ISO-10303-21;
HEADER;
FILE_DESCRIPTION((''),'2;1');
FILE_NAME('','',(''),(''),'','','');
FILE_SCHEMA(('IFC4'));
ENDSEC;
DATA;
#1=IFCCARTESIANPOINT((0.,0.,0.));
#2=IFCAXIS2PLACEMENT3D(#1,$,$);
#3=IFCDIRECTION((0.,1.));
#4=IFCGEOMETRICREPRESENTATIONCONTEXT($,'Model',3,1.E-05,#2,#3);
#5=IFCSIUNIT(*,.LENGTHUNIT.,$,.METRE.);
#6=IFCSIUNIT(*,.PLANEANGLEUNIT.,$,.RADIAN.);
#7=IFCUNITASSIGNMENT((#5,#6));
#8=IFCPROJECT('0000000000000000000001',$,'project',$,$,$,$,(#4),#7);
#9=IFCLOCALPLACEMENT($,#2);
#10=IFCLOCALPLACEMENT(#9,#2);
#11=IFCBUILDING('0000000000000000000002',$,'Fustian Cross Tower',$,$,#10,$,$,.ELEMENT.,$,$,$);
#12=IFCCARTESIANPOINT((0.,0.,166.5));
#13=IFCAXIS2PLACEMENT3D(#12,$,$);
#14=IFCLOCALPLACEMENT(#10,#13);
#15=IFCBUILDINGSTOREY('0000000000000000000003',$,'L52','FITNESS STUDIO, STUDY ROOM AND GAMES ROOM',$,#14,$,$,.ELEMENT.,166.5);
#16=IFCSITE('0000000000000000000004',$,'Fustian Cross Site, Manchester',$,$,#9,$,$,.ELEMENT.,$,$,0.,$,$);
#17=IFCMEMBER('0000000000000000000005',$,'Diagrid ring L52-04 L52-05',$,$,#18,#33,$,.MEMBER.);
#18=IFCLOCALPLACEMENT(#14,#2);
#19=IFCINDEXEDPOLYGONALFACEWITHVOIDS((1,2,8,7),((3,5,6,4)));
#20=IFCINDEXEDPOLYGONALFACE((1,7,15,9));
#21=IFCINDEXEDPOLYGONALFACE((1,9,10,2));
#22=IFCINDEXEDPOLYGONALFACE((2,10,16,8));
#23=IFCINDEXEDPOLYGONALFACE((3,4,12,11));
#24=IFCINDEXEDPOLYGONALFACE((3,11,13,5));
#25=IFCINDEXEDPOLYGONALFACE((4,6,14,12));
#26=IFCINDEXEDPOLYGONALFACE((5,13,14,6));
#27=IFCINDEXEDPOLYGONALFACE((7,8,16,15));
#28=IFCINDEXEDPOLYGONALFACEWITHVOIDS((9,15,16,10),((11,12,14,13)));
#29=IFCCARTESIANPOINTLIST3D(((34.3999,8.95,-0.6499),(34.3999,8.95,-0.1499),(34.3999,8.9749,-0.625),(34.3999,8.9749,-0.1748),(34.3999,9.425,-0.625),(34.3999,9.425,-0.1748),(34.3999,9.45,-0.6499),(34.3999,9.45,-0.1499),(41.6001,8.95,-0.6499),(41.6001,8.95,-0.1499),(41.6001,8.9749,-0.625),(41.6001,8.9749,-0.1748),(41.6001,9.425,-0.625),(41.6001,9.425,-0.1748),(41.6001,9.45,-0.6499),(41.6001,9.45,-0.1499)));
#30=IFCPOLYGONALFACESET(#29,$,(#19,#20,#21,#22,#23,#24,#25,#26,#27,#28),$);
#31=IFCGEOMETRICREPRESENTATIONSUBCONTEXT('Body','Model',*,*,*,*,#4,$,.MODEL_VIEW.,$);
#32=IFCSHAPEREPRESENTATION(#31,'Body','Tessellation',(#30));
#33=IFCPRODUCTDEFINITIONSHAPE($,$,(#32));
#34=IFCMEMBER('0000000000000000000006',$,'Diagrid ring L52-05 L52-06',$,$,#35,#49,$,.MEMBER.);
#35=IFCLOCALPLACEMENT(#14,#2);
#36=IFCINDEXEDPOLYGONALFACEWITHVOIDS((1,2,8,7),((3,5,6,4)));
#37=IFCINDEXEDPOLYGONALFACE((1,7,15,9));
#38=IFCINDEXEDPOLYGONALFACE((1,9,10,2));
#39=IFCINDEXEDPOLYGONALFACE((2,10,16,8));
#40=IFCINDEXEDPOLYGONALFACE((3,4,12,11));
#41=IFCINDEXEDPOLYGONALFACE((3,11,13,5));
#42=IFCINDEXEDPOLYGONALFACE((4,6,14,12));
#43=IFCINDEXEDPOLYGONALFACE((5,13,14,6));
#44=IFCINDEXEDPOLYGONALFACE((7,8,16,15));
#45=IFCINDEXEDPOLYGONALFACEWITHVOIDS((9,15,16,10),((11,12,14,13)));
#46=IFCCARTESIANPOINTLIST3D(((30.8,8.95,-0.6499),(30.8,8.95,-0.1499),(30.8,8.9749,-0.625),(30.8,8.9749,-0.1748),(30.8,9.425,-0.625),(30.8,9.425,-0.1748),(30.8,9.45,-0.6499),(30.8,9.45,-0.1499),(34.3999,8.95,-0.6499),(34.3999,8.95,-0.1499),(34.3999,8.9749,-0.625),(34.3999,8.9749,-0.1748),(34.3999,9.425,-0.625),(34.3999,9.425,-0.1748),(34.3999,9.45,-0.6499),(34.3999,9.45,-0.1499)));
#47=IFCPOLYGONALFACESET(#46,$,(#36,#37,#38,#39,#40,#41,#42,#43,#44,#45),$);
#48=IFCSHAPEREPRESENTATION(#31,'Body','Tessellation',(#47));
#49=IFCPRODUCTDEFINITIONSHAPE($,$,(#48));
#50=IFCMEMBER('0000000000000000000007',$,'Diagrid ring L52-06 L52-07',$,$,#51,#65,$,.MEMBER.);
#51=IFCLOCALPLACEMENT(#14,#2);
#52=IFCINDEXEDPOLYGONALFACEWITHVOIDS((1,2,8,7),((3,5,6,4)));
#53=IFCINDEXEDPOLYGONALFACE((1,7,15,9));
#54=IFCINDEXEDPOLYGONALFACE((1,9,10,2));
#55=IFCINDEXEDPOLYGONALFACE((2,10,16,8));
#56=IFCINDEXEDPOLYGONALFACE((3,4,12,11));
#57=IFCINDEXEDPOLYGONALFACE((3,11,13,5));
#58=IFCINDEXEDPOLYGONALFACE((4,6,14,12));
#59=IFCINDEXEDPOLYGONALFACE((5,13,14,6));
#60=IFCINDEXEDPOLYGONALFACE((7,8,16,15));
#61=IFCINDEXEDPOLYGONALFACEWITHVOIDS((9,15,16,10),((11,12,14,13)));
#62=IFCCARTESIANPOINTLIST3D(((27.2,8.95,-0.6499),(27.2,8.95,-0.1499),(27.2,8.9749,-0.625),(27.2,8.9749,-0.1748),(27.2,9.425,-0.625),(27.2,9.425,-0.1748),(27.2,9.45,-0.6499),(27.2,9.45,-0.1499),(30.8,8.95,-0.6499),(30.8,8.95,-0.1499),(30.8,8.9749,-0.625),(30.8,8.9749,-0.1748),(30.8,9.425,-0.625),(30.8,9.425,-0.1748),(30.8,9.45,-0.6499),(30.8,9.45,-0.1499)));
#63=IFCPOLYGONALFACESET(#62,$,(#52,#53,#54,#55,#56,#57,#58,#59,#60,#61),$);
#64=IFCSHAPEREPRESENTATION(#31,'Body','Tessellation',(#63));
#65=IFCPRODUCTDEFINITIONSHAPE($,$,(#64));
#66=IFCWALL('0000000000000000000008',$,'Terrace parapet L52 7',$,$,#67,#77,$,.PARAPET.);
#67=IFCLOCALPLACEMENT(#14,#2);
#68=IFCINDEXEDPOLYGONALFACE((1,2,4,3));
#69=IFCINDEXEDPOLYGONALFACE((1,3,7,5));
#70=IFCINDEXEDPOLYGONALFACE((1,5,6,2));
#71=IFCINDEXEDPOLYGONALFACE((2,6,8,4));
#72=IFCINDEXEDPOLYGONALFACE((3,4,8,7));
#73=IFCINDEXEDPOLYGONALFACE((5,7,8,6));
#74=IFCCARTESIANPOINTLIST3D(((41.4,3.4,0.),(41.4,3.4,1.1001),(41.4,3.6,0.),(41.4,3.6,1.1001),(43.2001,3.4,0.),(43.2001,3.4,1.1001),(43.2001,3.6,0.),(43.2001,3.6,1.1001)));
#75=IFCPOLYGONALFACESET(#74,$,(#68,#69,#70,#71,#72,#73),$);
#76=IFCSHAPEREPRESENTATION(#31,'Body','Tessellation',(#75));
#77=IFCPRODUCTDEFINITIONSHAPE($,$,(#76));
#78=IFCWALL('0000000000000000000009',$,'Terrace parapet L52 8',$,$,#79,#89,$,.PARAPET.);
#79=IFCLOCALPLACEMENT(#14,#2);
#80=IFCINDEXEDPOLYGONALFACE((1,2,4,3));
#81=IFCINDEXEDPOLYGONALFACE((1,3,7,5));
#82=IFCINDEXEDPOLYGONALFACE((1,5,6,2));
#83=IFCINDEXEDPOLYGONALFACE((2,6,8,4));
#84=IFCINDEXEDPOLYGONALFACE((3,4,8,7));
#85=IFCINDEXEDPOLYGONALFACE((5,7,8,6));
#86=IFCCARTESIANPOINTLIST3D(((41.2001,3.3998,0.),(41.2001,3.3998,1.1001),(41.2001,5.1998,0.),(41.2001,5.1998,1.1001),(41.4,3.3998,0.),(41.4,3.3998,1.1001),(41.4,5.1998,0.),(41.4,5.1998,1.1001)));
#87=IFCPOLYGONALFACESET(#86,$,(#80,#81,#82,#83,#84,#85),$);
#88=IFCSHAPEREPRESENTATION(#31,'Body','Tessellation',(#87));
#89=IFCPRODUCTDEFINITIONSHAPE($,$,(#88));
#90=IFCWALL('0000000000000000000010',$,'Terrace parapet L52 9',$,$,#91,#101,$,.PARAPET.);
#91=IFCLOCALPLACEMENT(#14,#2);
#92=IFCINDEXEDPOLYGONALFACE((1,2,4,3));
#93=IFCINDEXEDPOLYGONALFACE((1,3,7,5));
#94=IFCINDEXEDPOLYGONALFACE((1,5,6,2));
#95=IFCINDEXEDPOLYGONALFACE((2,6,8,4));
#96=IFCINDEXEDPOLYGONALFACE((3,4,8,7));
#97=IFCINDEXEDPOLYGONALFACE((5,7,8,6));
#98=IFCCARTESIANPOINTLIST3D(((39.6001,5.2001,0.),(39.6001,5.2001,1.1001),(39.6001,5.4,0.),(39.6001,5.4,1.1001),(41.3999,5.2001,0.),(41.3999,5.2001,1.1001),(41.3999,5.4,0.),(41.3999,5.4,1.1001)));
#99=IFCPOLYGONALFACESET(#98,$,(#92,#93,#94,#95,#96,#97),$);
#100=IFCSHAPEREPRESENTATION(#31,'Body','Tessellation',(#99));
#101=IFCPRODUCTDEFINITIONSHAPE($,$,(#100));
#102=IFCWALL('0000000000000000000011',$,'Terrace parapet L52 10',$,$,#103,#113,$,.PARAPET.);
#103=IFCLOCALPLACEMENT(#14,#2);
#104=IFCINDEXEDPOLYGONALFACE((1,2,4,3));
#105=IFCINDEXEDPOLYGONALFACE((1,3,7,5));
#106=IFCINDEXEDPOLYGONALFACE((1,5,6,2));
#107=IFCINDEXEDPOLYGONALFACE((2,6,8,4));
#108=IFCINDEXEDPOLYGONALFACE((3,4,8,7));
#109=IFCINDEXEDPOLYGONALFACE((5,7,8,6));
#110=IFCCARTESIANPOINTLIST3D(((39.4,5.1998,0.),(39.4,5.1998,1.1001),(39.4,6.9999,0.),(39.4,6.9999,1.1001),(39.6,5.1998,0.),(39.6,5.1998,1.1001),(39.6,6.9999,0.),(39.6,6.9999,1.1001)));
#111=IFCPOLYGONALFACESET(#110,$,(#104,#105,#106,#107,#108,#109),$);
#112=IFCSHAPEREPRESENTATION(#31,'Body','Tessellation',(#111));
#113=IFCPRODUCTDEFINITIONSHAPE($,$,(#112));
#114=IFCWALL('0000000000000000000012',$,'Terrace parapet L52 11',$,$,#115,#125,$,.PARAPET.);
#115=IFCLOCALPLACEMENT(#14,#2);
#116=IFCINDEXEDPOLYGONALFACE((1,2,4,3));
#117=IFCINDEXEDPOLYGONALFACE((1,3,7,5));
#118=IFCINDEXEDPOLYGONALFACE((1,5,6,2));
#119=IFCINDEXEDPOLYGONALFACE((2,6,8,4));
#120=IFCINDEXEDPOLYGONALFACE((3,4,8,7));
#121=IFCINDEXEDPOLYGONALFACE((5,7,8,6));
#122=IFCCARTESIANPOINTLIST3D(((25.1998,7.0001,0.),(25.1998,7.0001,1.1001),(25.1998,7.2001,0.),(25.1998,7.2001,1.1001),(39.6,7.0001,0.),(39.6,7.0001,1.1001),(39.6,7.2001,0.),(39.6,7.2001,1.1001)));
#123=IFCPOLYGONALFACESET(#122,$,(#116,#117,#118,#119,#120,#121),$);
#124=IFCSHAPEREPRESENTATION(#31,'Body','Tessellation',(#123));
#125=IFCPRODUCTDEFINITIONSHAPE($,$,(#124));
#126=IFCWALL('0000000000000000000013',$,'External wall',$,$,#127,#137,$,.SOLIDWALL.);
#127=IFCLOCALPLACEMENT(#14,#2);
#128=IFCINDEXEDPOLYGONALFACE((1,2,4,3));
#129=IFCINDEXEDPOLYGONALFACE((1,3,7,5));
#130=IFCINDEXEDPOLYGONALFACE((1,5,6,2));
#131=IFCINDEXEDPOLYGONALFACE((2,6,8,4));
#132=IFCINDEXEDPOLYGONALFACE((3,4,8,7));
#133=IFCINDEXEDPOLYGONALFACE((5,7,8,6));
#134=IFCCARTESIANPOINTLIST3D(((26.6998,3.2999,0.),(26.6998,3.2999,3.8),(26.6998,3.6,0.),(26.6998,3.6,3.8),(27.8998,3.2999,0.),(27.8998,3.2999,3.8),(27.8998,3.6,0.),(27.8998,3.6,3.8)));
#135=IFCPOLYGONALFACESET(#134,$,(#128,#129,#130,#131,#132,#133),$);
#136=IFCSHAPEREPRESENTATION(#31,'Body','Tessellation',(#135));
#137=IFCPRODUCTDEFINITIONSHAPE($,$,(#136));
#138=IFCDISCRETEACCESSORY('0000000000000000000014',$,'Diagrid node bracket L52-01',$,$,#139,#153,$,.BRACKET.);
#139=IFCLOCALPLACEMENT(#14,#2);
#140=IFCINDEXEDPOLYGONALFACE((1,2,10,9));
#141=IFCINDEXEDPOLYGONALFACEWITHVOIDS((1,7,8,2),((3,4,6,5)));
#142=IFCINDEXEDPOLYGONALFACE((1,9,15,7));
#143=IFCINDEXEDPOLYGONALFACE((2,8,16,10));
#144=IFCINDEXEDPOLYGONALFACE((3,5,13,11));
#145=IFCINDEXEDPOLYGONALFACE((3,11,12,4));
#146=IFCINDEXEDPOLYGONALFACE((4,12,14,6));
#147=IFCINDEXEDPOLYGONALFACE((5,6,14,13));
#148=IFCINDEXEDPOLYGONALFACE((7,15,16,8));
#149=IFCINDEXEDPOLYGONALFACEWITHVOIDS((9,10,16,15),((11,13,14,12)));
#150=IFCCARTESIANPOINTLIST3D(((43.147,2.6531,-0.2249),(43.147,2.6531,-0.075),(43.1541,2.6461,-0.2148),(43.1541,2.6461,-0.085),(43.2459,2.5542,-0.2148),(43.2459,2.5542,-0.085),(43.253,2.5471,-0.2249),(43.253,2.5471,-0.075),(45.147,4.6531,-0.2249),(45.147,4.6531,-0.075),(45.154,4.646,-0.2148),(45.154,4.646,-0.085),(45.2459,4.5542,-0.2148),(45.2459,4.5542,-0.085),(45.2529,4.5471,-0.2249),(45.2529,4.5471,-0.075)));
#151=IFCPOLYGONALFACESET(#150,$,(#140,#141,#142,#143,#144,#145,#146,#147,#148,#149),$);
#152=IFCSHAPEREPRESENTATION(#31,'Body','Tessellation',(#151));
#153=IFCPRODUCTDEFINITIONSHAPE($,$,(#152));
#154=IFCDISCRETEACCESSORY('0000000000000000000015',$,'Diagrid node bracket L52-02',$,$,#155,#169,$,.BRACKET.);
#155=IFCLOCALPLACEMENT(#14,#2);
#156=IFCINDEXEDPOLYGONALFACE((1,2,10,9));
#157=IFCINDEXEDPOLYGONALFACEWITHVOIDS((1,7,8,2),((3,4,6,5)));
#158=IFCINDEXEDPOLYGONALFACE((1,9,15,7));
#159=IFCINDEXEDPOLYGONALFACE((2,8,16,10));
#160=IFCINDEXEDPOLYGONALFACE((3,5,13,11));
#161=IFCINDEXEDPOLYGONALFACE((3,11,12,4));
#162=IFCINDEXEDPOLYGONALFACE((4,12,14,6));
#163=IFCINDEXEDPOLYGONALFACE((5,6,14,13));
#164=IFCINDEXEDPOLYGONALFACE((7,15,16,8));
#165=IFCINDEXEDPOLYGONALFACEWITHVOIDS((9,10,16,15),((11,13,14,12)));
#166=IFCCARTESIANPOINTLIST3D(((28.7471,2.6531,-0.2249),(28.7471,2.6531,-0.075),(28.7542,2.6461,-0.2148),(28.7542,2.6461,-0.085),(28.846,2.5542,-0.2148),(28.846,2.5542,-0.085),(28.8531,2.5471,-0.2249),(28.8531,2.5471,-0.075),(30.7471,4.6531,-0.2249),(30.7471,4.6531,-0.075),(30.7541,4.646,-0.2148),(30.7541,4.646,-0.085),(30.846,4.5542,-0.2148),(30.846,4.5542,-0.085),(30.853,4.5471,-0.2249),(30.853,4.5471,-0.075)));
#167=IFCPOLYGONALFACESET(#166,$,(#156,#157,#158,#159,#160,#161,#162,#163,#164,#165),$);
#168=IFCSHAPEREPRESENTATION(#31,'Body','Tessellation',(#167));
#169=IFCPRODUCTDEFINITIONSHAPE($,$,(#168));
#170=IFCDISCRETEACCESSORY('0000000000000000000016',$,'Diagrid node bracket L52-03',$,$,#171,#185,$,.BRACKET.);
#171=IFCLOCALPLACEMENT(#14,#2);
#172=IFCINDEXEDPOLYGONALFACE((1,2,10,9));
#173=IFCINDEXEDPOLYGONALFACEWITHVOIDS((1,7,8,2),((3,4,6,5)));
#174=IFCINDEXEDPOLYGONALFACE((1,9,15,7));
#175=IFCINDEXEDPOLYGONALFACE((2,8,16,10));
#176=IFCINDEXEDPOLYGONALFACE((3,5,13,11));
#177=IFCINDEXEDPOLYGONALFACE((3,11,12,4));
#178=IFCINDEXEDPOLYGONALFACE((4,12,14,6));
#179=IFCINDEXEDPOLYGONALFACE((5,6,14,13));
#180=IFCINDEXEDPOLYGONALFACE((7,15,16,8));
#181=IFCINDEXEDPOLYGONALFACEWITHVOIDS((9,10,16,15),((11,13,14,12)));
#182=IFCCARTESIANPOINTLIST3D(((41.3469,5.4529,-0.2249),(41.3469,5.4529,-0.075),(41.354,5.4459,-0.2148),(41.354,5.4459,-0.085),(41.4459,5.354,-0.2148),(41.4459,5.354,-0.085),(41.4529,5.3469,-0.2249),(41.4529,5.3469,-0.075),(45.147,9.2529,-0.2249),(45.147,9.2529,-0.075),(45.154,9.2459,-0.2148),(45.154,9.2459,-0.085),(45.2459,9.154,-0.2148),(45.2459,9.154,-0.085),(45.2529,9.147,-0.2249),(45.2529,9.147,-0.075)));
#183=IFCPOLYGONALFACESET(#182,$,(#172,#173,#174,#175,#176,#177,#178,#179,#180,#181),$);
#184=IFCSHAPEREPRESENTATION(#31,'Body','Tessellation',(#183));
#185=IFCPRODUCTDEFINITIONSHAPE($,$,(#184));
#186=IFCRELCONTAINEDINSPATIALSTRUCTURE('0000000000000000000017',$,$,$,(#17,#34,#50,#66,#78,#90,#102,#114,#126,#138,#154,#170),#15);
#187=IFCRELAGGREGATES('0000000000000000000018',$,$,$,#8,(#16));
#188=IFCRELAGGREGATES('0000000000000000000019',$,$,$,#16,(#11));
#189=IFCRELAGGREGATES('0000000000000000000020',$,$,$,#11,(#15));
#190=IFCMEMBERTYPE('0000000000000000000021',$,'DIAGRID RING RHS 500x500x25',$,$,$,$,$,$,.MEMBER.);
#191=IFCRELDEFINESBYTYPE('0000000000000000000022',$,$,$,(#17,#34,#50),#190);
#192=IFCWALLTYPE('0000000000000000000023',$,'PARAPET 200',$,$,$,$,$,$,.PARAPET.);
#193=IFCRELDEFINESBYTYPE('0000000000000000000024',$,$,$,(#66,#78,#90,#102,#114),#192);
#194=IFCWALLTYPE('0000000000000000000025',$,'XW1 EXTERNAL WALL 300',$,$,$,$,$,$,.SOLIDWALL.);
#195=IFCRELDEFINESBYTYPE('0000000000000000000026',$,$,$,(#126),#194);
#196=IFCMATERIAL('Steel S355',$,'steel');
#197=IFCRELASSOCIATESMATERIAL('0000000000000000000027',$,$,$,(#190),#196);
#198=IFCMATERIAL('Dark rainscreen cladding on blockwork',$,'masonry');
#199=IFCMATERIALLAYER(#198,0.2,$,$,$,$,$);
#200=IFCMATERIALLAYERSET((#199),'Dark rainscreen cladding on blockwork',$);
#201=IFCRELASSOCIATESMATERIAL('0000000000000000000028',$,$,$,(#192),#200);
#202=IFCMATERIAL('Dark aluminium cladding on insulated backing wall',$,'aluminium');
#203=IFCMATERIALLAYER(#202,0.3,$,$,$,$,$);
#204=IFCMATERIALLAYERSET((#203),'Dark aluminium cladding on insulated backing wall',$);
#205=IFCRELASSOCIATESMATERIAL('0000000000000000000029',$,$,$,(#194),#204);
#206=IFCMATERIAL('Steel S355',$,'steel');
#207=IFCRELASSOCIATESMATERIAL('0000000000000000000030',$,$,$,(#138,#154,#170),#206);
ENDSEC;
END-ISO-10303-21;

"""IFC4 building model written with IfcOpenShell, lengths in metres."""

from ifc_helpers import new_model, si_unit, direction, frame, frame_2d, origin, origin_2d, place, context, subcontext, project, spatial, rectangle, hollow_rectangle, extrude, material, layer, layer_set, material_profile, profile_set, type_object, element, save


model = new_model("IFC4")

# Units and contexts
model_context = context("Model", 3, precision=1e-05, world=origin(), true_north=direction((0.0, 1.0)))
body_context = subcontext(model_context, "Body", "Model", "MODEL_VIEW")
ifc_project = project(units=[si_unit("LENGTHUNIT", "METRE"), si_unit("PLANEANGLEUNIT", "RADIAN")], contexts=[model_context])

# Site, building, storey
site_placement = place(None, origin())
site = spatial("IfcSite", under=ifc_project, at=site_placement, Name="Fustian Cross Site, Manchester", CompositionType="ELEMENT", RefElevation=0.0)
building_placement = place(site_placement, origin())
building = spatial("IfcBuilding", under=site, at=building_placement, Name="Fustian Cross Tower", CompositionType="ELEMENT")
storey_placement = place(building_placement, frame((0.0, 0.0, 166.5)))
storey = spatial("IfcBuildingStorey", under=building, at=storey_placement, Name="L52", Description="FITNESS STUDIO, STUDY ROOM AND GAMES ROOM", CompositionType="ELEMENT", Elevation=166.5)

# Members
ifc_material_1 = material(Name="Steel S355", Category="steel")
ifc_material_profile_1 = material_profile(ifc_material_1, hollow_rectangle(XDim=0.5, YDim=0.5, WallThickness=0.0249, at=origin_2d()), Name="RHS 500x500x25")
ifc_profile_set_1 = profile_set([ifc_material_profile_1], Name="Steel S355")
member_type_1 = type_object("IfcMemberType", Name="DIAGRID RING RHS 500x500x25", PredefinedType="MEMBER", material=ifc_profile_set_1)
member_1_placement = place(storey_placement, frame((41.6001, 9.2, -0.3999), z_axis=(-1.0, 0.0, 0.0), x_axis=(0.0, -1.0, 0.0)))
element("IfcMember", 1, at=member_1_placement, inside=storey, type_object=member_type_1, Name="Diagrid ring L52-04 L52-05", PredefinedType="MEMBER", context=body_context, shape_type="SweptSolid", body=[
    extrude(hollow_rectangle(XDim=0.5, YDim=0.5, WallThickness=0.0249, at=origin_2d()), origin(), (0.0, 0.0, 1.0), 7.2002),
])
member_2_placement = place(storey_placement, frame((34.3999, 9.2, -0.3999), z_axis=(-1.0, 0.0, 0.0), x_axis=(0.0, -1.0, 0.0)))
element("IfcMember", 2, at=member_2_placement, inside=storey, type_object=member_type_1, Name="Diagrid ring L52-05 L52-06", PredefinedType="MEMBER", context=body_context, shape_type="SweptSolid", body=[
    extrude(hollow_rectangle(XDim=0.5, YDim=0.5, WallThickness=0.0249, at=origin_2d()), origin(), (0.0, 0.0, 1.0), 3.5999),
])
member_3_placement = place(storey_placement, frame((30.8, 9.2, -0.3999), z_axis=(-1.0, 0.0, 0.0), x_axis=(0.0, -1.0, 0.0)))
element("IfcMember", 3, at=member_3_placement, inside=storey, type_object=member_type_1, Name="Diagrid ring L52-06 L52-07", PredefinedType="MEMBER", context=body_context, shape_type="SweptSolid", body=[
    extrude(hollow_rectangle(XDim=0.5, YDim=0.5, WallThickness=0.0249, at=origin_2d()), origin(), (0.0, 0.0, 1.0), 3.6001),
])

# Walls
ifc_material_2 = material(Name="Dark rainscreen cladding on blockwork", Category="masonry")
ifc_layer_1 = layer(ifc_material_2, 0.2)
ifc_layer_set_1 = layer_set([ifc_layer_1], Name="Dark rainscreen cladding on blockwork")
wall_type_1 = type_object("IfcWallType", Name="PARAPET 200", PredefinedType="PARAPET", material=ifc_layer_set_1)
for number, where, z_axis, x_axis, name in (
    (4, (43.2, 3.5, 0.0), (0.0, 0.0, 1.0), (-1.0, 0.0, 0.0), "Terrace parapet L52 7"),
    (5, (41.3, 3.3999, 0.0), (0.0, 0.0, 1.0), (0.0, 1.0, 0.0), "Terrace parapet L52 8"),
):
    element("IfcWall", number, at=place(storey_placement, frame(where, z_axis=z_axis, x_axis=x_axis)), inside=storey, type_object=wall_type_1, Name=name, PredefinedType="PARAPET", context=body_context, shape_type="SweptSolid", body=[
        extrude(rectangle(XDim=1.8, YDim=0.2, at=frame_2d((0.8999, 0.0))), origin(), (0.0, 0.0, 1.0), 1.1001),
    ])
wall_1_placement = place(storey_placement, frame((41.3999, 5.3, 0.0), z_axis=(0.0, 0.0, 1.0), x_axis=(-1.0, 0.0, 0.0)))
element("IfcWall", 6, at=wall_1_placement, inside=storey, type_object=wall_type_1, Name="Terrace parapet L52 9", PredefinedType="PARAPET", context=body_context, shape_type="SweptSolid", body=[
    extrude(rectangle(XDim=1.7998, YDim=0.2, at=frame_2d((0.8999, 0.0))), origin(), (0.0, 0.0, 1.0), 1.1001),
])
wall_2_placement = place(storey_placement, frame((39.5, 5.2, 0.0), z_axis=(0.0, 0.0, 1.0), x_axis=(0.0, 1.0, 0.0)))
element("IfcWall", 7, at=wall_2_placement, inside=storey, type_object=wall_type_1, Name="Terrace parapet L52 10", PredefinedType="PARAPET", context=body_context, shape_type="SweptSolid", body=[
    extrude(rectangle(XDim=1.8, YDim=0.2, at=frame_2d((0.8999, 0.0))), origin(), (0.0, 0.0, 1.0), 1.1001),
])
wall_3_placement = place(storey_placement, frame((39.6001, 7.1001, 0.0), z_axis=(0.0, 0.0, 1.0), x_axis=(-1.0, 0.0, 0.0)))
element("IfcWall", 8, at=wall_3_placement, inside=storey, type_object=wall_type_1, Name="Terrace parapet L52 11", PredefinedType="PARAPET", context=body_context, shape_type="SweptSolid", body=[
    extrude(rectangle(XDim=14.4001, YDim=0.2, at=frame_2d((7.2002, 0.0))), origin(), (0.0, 0.0, 1.0), 1.1001),
])
ifc_material_3 = material(Name="Dark aluminium cladding on insulated backing wall", Category="aluminium")
ifc_layer_2 = layer(ifc_material_3, 0.3)
ifc_layer_set_2 = layer_set([ifc_layer_2], Name="Dark aluminium cladding on insulated backing wall")
wall_type_2 = type_object("IfcWallType", Name="XW1 EXTERNAL WALL 300", PredefinedType="SOLIDWALL", material=ifc_layer_set_2)
wall_4_placement = place(storey_placement, frame((27.8999, 3.45, 0.0), z_axis=(0.0, 0.0, 1.0), x_axis=(-1.0, 0.0, 0.0)))
element("IfcWall", 9, at=wall_4_placement, inside=storey, type_object=wall_type_2, Name="External wall", PredefinedType="SOLIDWALL", context=body_context, shape_type="SweptSolid", body=[
    extrude(rectangle(XDim=1.2, YDim=0.3, at=frame_2d((0.6001, 0.0))), origin(), (0.0, 0.0, 1.0), 3.8),
])

# Discrete accessories
ifc_material_4 = material(Name="Steel S355", Category="steel")
for number, where, z_axis, x_axis, name in (
    (10, (45.2, 4.6001, -0.1499), (-0.707107, -0.707107, 0.0), (0.707107, -0.707107, 0.0), "Diagrid node bracket L52-01"),
    (11, (30.8, 4.6001, -0.1499), (-0.707107, -0.707107, 0.0), (0.707107, -0.707107, 0.0), "Diagrid node bracket L52-02"),
):
    element("IfcDiscreteAccessory", number, at=place(storey_placement, frame(where, z_axis=z_axis, x_axis=x_axis)), inside=storey, material=ifc_material_4, Name=name, PredefinedType="BRACKET", context=body_context, shape_type="SweptSolid", body=[
        extrude(hollow_rectangle(XDim=0.1499, YDim=0.1499, WallThickness=0.01, at=origin_2d()), origin(), (0.0, 0.0, 1.0), 2.8284),
    ])
discrete_accessory_1_placement = place(storey_placement, frame((45.2, 9.2, -0.1499), z_axis=(-0.707107, -0.707107, 0.0), x_axis=(0.707107, -0.707107, 0.0)))
element("IfcDiscreteAccessory", 12, at=discrete_accessory_1_placement, inside=storey, material=ifc_material_4, Name="Diagrid node bracket L52-03", PredefinedType="BRACKET", context=body_context, shape_type="SweptSolid", body=[
    extrude(hollow_rectangle(XDim=0.1499, YDim=0.1499, WallThickness=0.01, at=origin_2d()), origin(), (0.0, 0.0, 1.0), 5.374),
])

save(model, "model.ifc")
